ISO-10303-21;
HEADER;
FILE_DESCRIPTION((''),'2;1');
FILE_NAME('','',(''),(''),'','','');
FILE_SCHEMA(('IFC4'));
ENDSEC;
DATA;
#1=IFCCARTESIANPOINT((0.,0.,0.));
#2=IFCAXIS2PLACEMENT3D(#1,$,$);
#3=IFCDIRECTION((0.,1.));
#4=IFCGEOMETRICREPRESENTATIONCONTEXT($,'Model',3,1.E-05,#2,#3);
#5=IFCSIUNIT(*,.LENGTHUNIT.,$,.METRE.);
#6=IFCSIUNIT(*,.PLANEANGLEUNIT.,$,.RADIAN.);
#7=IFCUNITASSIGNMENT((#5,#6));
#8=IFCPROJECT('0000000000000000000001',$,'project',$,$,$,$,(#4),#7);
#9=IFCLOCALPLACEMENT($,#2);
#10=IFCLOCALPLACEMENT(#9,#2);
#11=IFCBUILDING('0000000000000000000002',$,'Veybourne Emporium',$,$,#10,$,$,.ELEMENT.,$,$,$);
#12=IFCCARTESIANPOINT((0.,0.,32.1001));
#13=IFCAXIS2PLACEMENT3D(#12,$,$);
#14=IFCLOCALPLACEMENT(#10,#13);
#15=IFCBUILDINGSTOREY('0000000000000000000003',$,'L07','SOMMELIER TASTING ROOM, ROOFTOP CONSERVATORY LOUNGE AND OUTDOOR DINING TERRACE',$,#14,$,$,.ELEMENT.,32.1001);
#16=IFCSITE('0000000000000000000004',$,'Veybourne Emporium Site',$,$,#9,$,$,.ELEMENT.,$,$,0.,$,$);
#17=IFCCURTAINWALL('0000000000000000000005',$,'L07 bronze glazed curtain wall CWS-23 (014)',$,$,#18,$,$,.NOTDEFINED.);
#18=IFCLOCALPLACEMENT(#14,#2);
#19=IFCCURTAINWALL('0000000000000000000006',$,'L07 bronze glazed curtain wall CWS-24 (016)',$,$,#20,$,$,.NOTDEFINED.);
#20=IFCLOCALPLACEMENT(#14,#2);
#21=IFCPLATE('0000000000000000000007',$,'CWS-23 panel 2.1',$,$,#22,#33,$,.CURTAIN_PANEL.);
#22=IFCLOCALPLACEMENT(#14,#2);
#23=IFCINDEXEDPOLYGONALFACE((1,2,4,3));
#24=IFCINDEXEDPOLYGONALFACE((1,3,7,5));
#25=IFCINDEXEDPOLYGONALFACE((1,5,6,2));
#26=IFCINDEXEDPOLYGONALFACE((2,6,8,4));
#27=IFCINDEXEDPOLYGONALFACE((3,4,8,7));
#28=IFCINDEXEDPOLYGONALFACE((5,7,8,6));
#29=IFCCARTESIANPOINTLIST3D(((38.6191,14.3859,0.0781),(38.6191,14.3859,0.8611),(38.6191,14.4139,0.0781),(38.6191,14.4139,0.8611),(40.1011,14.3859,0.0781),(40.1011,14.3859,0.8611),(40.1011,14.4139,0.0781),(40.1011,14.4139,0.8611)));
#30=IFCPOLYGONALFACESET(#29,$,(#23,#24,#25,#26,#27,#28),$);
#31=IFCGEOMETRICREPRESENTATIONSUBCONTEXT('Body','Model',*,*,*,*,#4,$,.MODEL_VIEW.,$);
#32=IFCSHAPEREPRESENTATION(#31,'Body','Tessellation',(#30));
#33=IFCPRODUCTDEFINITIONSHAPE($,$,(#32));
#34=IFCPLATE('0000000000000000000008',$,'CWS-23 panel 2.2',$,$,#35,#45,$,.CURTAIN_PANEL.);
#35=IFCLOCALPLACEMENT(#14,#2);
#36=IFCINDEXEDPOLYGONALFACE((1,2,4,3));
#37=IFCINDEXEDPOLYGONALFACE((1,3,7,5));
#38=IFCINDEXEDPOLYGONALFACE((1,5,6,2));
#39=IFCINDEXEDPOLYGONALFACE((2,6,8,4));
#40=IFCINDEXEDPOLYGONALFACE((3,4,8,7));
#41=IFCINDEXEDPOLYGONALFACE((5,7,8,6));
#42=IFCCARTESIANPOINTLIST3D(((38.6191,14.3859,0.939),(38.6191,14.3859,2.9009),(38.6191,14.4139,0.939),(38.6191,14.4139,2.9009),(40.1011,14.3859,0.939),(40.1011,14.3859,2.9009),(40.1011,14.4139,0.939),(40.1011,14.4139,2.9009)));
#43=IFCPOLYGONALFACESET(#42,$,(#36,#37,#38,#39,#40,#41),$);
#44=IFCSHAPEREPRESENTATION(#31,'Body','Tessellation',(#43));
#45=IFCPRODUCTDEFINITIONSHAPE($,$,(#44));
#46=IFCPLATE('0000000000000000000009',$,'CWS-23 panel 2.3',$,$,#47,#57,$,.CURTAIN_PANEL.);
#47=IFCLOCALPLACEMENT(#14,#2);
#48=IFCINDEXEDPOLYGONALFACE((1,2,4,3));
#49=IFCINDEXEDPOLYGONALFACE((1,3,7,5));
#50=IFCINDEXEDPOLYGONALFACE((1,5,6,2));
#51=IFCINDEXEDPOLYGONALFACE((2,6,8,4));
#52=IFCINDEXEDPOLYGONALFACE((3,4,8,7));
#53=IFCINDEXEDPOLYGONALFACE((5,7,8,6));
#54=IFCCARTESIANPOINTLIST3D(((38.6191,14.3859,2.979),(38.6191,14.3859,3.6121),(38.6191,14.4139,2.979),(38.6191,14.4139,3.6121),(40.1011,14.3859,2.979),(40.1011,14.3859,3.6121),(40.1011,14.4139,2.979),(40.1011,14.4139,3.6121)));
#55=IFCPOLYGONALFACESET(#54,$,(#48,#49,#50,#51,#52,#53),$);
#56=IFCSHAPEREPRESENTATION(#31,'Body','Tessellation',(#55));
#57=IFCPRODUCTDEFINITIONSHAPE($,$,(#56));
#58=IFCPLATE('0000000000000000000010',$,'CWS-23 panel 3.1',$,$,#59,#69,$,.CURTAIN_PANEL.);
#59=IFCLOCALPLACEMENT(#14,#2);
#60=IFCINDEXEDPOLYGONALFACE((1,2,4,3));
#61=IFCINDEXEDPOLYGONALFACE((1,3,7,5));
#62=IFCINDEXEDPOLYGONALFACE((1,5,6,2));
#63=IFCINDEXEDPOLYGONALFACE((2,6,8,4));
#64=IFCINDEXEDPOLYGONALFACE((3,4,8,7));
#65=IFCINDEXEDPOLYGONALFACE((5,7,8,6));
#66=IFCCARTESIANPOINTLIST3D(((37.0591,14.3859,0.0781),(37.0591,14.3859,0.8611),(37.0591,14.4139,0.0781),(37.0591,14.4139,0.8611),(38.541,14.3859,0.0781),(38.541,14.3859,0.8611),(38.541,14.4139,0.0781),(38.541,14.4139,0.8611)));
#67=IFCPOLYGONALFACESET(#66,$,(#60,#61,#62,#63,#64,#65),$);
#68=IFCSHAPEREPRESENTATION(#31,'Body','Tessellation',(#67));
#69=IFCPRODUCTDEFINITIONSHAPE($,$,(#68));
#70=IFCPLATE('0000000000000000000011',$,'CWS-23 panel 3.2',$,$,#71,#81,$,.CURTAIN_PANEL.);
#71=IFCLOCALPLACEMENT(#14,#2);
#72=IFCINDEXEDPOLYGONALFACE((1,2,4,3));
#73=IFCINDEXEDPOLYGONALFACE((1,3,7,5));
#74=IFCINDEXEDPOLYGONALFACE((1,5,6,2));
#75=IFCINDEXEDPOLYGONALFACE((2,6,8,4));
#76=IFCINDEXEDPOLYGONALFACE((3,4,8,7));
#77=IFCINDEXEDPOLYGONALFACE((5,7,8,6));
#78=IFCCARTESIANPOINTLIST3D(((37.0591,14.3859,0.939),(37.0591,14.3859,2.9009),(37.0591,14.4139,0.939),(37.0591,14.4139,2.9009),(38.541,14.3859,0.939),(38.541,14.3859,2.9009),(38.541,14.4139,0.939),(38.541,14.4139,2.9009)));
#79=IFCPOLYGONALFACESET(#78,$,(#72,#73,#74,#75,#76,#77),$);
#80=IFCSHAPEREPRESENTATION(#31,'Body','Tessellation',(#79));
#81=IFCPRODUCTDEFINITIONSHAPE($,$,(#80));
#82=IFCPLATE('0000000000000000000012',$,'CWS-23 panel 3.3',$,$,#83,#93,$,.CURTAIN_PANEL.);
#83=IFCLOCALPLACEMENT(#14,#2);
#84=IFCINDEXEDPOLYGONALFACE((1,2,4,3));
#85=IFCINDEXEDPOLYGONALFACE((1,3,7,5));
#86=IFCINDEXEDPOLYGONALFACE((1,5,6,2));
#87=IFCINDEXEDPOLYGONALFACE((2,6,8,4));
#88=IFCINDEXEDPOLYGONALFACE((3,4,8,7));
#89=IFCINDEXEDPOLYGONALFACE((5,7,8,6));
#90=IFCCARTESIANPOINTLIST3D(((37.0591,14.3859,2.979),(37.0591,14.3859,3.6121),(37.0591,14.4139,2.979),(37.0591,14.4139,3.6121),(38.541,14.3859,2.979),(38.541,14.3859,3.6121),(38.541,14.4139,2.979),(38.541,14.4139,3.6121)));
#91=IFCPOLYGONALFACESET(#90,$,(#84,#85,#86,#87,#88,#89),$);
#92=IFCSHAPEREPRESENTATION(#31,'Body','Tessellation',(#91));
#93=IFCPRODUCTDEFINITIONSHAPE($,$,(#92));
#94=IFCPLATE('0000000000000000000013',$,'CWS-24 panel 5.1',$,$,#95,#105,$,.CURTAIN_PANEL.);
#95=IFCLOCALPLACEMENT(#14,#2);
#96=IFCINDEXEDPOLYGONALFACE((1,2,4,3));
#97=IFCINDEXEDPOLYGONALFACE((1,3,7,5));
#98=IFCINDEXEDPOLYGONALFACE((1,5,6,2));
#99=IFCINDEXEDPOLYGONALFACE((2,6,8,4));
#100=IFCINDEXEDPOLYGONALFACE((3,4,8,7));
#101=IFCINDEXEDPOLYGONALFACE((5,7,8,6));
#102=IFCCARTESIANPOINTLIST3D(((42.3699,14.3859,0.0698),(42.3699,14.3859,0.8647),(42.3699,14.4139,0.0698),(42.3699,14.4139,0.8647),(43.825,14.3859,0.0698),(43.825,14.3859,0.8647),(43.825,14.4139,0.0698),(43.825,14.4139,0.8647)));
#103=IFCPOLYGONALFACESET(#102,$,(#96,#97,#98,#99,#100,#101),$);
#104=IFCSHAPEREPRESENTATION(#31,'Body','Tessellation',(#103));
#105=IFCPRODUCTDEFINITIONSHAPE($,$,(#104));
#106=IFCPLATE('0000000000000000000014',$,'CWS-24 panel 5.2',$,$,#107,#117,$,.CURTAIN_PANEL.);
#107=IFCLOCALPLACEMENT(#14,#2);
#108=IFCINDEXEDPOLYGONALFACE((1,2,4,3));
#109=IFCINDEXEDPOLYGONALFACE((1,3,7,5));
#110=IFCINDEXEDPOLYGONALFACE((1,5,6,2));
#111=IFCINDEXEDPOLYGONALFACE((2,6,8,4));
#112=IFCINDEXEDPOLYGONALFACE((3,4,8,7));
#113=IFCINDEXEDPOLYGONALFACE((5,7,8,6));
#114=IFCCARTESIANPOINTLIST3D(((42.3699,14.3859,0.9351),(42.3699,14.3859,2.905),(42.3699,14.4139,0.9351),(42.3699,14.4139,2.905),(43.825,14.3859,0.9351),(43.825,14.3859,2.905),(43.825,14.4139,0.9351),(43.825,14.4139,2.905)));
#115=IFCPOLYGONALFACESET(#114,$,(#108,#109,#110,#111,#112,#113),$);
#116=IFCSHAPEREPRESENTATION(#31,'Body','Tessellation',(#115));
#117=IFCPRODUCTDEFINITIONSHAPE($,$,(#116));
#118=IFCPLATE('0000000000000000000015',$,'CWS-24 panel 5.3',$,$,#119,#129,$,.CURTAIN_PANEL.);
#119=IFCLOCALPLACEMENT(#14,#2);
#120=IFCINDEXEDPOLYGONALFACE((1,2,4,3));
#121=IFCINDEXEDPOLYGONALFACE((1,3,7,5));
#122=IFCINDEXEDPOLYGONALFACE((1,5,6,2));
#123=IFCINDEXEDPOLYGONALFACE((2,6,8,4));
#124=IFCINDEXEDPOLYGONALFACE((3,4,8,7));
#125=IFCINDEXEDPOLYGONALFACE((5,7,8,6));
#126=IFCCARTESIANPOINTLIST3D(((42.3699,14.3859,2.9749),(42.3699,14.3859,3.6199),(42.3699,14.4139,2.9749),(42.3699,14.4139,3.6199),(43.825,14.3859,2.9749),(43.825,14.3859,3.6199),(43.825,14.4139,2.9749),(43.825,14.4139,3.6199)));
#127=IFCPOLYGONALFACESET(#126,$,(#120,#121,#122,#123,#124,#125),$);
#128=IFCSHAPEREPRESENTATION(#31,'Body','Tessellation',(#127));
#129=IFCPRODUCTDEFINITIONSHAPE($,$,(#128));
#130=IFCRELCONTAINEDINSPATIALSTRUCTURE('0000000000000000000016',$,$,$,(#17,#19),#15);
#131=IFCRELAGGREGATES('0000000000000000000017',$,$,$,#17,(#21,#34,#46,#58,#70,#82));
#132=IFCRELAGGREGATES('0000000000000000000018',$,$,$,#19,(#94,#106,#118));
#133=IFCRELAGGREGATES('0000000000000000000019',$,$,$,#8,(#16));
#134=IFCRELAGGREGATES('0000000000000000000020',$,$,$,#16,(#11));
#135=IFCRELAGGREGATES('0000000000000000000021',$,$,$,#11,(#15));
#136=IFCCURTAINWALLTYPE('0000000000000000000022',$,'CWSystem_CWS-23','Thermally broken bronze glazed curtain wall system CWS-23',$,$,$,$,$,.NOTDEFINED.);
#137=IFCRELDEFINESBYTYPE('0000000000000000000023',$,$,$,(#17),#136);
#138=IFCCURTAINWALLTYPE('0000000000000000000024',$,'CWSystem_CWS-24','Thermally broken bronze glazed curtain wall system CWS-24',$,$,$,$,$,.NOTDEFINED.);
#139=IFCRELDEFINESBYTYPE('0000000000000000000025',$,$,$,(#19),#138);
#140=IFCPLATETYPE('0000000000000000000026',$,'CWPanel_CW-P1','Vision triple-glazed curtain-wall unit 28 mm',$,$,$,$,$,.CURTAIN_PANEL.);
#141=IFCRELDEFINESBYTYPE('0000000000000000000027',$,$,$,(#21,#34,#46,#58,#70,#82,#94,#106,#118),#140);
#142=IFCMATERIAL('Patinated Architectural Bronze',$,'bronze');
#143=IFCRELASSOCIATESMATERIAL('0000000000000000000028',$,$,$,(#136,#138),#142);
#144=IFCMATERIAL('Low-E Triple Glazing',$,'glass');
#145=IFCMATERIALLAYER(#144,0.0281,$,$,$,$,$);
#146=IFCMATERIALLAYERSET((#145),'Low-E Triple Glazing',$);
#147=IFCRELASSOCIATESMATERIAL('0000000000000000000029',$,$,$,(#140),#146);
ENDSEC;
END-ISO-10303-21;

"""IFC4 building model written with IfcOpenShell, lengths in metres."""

from ifc_helpers import new_model, si_unit, direction, frame, origin, origin_2d, place, context, subcontext, project, spatial, rectangle, extrude, material, layer, layer_set, type_object, element, aggregate, save


model = new_model("IFC4")

# Units and contexts
model_context = context("Model", 3, precision=1e-05, world=origin(), true_north=direction((0.0, 1.0)))
body_context = subcontext(model_context, "Body", "Model", "MODEL_VIEW")
ifc_project = project(units=[si_unit("LENGTHUNIT", "METRE"), si_unit("PLANEANGLEUNIT", "RADIAN")], contexts=[model_context])

# Site, building, storey
site_placement = place(None, origin())
site = spatial("IfcSite", under=ifc_project, at=site_placement, Name="Veybourne Emporium Site", CompositionType="ELEMENT", RefElevation=0.0)
building_placement = place(site_placement, origin())
building = spatial("IfcBuilding", under=site, at=building_placement, Name="Veybourne Emporium", CompositionType="ELEMENT")
storey_placement = place(building_placement, frame((0.0, 0.0, 32.1001)))
storey = spatial("IfcBuildingStorey", under=building, at=storey_placement, Name="L07", Description="SOMMELIER TASTING ROOM, ROOFTOP CONSERVATORY LOUNGE AND OUTDOOR DINING TERRACE", CompositionType="ELEMENT", Elevation=32.1001)

# Curtain wall
ifc_material_1 = material(Name="Patinated Architectural Bronze", Category="bronze")
curtain_wall_type_1 = type_object("IfcCurtainWallType", Name="CWSystem_CWS-23", Description="Thermally broken bronze glazed curtain wall system CWS-23", PredefinedType="NOTDEFINED", material=ifc_material_1)
curtain_wall_1_placement = place(storey_placement, origin())
curtain_wall_1 = element("IfcCurtainWall", 1, at=curtain_wall_1_placement, inside=storey, type_object=curtain_wall_type_1, Name="L07 bronze glazed curtain wall CWS-23 (014)", PredefinedType="NOTDEFINED")

# Curtain wall
curtain_wall_type_2 = type_object("IfcCurtainWallType", Name="CWSystem_CWS-24", Description="Thermally broken bronze glazed curtain wall system CWS-24", PredefinedType="NOTDEFINED", material=ifc_material_1)
curtain_wall_2_placement = place(storey_placement, origin())
curtain_wall_2 = element("IfcCurtainWall", 2, at=curtain_wall_2_placement, inside=storey, type_object=curtain_wall_type_2, Name="L07 bronze glazed curtain wall CWS-24 (016)", PredefinedType="NOTDEFINED")

# Plates
ifc_material_2 = material(Name="Low-E Triple Glazing", Category="glass")
ifc_layer_1 = layer(ifc_material_2, 0.0281)
ifc_layer_set_1 = layer_set([ifc_layer_1], Name="Low-E Triple Glazing")
plate_type = type_object("IfcPlateType", Name="CWPanel_CW-P1", Description="Vision triple-glazed curtain-wall unit 28 mm", PredefinedType="CURTAIN_PANEL", material=ifc_layer_set_1)
plate_1_placement = place(storey_placement, frame((39.3601, 14.3999, 0.0781), z_axis=(0.0, 0.0, 1.0), x_axis=(-1.0, 0.0, 0.0)))
plate_1 = element("IfcPlate", 3, at=plate_1_placement, type_object=plate_type, Name="CWS-23 panel 2.1", PredefinedType="CURTAIN_PANEL", context=body_context, shape_type="SweptSolid", body=[
    extrude(rectangle(XDim=1.4819, YDim=0.0281, at=origin_2d()), origin(), (0.0, 0.0, 1.0), 0.783),
])
plate_2_placement = place(storey_placement, frame((39.3601, 14.3999, 0.939), z_axis=(0.0, 0.0, 1.0), x_axis=(-1.0, 0.0, 0.0)))
plate_2 = element("IfcPlate", 4, at=plate_2_placement, type_object=plate_type, Name="CWS-23 panel 2.2", PredefinedType="CURTAIN_PANEL", context=body_context, shape_type="SweptSolid", body=[
    extrude(rectangle(XDim=1.4819, YDim=0.0281, at=origin_2d()), origin(), (0.0, 0.0, 1.0), 1.9619),
])
plate_3_placement = place(storey_placement, frame((39.3601, 14.3999, 2.979), z_axis=(0.0, 0.0, 1.0), x_axis=(-1.0, 0.0, 0.0)))
plate_3 = element("IfcPlate", 5, at=plate_3_placement, type_object=plate_type, Name="CWS-23 panel 2.3", PredefinedType="CURTAIN_PANEL", context=body_context, shape_type="SweptSolid", body=[
    extrude(rectangle(XDim=1.4819, YDim=0.0281, at=origin_2d()), origin(), (0.0, 0.0, 1.0), 0.6331),
])
plate_4_placement = place(storey_placement, frame((37.8, 14.3999, 0.0781), z_axis=(0.0, 0.0, 1.0), x_axis=(-1.0, 0.0, 0.0)))
plate_4 = element("IfcPlate", 6, at=plate_4_placement, type_object=plate_type, Name="CWS-23 panel 3.1", PredefinedType="CURTAIN_PANEL", context=body_context, shape_type="SweptSolid", body=[
    extrude(rectangle(XDim=1.4819, YDim=0.0281, at=origin_2d()), origin(), (0.0, 0.0, 1.0), 0.783),
])
plate_5_placement = place(storey_placement, frame((37.8, 14.3999, 0.939), z_axis=(0.0, 0.0, 1.0), x_axis=(-1.0, 0.0, 0.0)))
plate_5 = element("IfcPlate", 7, at=plate_5_placement, type_object=plate_type, Name="CWS-23 panel 3.2", PredefinedType="CURTAIN_PANEL", context=body_context, shape_type="SweptSolid", body=[
    extrude(rectangle(XDim=1.4819, YDim=0.0281, at=origin_2d()), origin(), (0.0, 0.0, 1.0), 1.9619),
])
plate_6_placement = place(storey_placement, frame((37.8, 14.3999, 2.979), z_axis=(0.0, 0.0, 1.0), x_axis=(-1.0, 0.0, 0.0)))
plate_6 = element("IfcPlate", 8, at=plate_6_placement, type_object=plate_type, Name="CWS-23 panel 3.3", PredefinedType="CURTAIN_PANEL", context=body_context, shape_type="SweptSolid", body=[
    extrude(rectangle(XDim=1.4819, YDim=0.0281, at=origin_2d()), origin(), (0.0, 0.0, 1.0), 0.6331),
])
aggregate(curtain_wall_1, [plate_1, plate_2, plate_3, plate_4, plate_5, plate_6])
plate_7_placement = place(storey_placement, frame((43.0974, 14.3999, 0.0698), z_axis=(0.0, 0.0, 1.0), x_axis=(-1.0, 0.0, 0.0)))
plate_7 = element("IfcPlate", 9, at=plate_7_placement, type_object=plate_type, Name="CWS-24 panel 5.1", PredefinedType="CURTAIN_PANEL", context=body_context, shape_type="SweptSolid", body=[
    extrude(rectangle(XDim=1.4551, YDim=0.0281, at=origin_2d()), origin(), (0.0, 0.0, 1.0), 0.7949),
])
plate_8_placement = place(storey_placement, frame((43.0974, 14.3999, 0.9351), z_axis=(0.0, 0.0, 1.0), x_axis=(-1.0, 0.0, 0.0)))
plate_8 = element("IfcPlate", 10, at=plate_8_placement, type_object=plate_type, Name="CWS-24 panel 5.2", PredefinedType="CURTAIN_PANEL", context=body_context, shape_type="SweptSolid", body=[
    extrude(rectangle(XDim=1.4551, YDim=0.0281, at=origin_2d()), origin(), (0.0, 0.0, 1.0), 1.97),
])
plate_9_placement = place(storey_placement, frame((43.0974, 14.3999, 2.9749), z_axis=(0.0, 0.0, 1.0), x_axis=(-1.0, 0.0, 0.0)))
plate_9 = element("IfcPlate", 11, at=plate_9_placement, type_object=plate_type, Name="CWS-24 panel 5.3", PredefinedType="CURTAIN_PANEL", context=body_context, shape_type="SweptSolid", body=[
    extrude(rectangle(XDim=1.4551, YDim=0.0281, at=origin_2d()), origin(), (0.0, 0.0, 1.0), 0.645),
])
aggregate(curtain_wall_2, [plate_7, plate_8, plate_9])

save(model, "model.ifc")
